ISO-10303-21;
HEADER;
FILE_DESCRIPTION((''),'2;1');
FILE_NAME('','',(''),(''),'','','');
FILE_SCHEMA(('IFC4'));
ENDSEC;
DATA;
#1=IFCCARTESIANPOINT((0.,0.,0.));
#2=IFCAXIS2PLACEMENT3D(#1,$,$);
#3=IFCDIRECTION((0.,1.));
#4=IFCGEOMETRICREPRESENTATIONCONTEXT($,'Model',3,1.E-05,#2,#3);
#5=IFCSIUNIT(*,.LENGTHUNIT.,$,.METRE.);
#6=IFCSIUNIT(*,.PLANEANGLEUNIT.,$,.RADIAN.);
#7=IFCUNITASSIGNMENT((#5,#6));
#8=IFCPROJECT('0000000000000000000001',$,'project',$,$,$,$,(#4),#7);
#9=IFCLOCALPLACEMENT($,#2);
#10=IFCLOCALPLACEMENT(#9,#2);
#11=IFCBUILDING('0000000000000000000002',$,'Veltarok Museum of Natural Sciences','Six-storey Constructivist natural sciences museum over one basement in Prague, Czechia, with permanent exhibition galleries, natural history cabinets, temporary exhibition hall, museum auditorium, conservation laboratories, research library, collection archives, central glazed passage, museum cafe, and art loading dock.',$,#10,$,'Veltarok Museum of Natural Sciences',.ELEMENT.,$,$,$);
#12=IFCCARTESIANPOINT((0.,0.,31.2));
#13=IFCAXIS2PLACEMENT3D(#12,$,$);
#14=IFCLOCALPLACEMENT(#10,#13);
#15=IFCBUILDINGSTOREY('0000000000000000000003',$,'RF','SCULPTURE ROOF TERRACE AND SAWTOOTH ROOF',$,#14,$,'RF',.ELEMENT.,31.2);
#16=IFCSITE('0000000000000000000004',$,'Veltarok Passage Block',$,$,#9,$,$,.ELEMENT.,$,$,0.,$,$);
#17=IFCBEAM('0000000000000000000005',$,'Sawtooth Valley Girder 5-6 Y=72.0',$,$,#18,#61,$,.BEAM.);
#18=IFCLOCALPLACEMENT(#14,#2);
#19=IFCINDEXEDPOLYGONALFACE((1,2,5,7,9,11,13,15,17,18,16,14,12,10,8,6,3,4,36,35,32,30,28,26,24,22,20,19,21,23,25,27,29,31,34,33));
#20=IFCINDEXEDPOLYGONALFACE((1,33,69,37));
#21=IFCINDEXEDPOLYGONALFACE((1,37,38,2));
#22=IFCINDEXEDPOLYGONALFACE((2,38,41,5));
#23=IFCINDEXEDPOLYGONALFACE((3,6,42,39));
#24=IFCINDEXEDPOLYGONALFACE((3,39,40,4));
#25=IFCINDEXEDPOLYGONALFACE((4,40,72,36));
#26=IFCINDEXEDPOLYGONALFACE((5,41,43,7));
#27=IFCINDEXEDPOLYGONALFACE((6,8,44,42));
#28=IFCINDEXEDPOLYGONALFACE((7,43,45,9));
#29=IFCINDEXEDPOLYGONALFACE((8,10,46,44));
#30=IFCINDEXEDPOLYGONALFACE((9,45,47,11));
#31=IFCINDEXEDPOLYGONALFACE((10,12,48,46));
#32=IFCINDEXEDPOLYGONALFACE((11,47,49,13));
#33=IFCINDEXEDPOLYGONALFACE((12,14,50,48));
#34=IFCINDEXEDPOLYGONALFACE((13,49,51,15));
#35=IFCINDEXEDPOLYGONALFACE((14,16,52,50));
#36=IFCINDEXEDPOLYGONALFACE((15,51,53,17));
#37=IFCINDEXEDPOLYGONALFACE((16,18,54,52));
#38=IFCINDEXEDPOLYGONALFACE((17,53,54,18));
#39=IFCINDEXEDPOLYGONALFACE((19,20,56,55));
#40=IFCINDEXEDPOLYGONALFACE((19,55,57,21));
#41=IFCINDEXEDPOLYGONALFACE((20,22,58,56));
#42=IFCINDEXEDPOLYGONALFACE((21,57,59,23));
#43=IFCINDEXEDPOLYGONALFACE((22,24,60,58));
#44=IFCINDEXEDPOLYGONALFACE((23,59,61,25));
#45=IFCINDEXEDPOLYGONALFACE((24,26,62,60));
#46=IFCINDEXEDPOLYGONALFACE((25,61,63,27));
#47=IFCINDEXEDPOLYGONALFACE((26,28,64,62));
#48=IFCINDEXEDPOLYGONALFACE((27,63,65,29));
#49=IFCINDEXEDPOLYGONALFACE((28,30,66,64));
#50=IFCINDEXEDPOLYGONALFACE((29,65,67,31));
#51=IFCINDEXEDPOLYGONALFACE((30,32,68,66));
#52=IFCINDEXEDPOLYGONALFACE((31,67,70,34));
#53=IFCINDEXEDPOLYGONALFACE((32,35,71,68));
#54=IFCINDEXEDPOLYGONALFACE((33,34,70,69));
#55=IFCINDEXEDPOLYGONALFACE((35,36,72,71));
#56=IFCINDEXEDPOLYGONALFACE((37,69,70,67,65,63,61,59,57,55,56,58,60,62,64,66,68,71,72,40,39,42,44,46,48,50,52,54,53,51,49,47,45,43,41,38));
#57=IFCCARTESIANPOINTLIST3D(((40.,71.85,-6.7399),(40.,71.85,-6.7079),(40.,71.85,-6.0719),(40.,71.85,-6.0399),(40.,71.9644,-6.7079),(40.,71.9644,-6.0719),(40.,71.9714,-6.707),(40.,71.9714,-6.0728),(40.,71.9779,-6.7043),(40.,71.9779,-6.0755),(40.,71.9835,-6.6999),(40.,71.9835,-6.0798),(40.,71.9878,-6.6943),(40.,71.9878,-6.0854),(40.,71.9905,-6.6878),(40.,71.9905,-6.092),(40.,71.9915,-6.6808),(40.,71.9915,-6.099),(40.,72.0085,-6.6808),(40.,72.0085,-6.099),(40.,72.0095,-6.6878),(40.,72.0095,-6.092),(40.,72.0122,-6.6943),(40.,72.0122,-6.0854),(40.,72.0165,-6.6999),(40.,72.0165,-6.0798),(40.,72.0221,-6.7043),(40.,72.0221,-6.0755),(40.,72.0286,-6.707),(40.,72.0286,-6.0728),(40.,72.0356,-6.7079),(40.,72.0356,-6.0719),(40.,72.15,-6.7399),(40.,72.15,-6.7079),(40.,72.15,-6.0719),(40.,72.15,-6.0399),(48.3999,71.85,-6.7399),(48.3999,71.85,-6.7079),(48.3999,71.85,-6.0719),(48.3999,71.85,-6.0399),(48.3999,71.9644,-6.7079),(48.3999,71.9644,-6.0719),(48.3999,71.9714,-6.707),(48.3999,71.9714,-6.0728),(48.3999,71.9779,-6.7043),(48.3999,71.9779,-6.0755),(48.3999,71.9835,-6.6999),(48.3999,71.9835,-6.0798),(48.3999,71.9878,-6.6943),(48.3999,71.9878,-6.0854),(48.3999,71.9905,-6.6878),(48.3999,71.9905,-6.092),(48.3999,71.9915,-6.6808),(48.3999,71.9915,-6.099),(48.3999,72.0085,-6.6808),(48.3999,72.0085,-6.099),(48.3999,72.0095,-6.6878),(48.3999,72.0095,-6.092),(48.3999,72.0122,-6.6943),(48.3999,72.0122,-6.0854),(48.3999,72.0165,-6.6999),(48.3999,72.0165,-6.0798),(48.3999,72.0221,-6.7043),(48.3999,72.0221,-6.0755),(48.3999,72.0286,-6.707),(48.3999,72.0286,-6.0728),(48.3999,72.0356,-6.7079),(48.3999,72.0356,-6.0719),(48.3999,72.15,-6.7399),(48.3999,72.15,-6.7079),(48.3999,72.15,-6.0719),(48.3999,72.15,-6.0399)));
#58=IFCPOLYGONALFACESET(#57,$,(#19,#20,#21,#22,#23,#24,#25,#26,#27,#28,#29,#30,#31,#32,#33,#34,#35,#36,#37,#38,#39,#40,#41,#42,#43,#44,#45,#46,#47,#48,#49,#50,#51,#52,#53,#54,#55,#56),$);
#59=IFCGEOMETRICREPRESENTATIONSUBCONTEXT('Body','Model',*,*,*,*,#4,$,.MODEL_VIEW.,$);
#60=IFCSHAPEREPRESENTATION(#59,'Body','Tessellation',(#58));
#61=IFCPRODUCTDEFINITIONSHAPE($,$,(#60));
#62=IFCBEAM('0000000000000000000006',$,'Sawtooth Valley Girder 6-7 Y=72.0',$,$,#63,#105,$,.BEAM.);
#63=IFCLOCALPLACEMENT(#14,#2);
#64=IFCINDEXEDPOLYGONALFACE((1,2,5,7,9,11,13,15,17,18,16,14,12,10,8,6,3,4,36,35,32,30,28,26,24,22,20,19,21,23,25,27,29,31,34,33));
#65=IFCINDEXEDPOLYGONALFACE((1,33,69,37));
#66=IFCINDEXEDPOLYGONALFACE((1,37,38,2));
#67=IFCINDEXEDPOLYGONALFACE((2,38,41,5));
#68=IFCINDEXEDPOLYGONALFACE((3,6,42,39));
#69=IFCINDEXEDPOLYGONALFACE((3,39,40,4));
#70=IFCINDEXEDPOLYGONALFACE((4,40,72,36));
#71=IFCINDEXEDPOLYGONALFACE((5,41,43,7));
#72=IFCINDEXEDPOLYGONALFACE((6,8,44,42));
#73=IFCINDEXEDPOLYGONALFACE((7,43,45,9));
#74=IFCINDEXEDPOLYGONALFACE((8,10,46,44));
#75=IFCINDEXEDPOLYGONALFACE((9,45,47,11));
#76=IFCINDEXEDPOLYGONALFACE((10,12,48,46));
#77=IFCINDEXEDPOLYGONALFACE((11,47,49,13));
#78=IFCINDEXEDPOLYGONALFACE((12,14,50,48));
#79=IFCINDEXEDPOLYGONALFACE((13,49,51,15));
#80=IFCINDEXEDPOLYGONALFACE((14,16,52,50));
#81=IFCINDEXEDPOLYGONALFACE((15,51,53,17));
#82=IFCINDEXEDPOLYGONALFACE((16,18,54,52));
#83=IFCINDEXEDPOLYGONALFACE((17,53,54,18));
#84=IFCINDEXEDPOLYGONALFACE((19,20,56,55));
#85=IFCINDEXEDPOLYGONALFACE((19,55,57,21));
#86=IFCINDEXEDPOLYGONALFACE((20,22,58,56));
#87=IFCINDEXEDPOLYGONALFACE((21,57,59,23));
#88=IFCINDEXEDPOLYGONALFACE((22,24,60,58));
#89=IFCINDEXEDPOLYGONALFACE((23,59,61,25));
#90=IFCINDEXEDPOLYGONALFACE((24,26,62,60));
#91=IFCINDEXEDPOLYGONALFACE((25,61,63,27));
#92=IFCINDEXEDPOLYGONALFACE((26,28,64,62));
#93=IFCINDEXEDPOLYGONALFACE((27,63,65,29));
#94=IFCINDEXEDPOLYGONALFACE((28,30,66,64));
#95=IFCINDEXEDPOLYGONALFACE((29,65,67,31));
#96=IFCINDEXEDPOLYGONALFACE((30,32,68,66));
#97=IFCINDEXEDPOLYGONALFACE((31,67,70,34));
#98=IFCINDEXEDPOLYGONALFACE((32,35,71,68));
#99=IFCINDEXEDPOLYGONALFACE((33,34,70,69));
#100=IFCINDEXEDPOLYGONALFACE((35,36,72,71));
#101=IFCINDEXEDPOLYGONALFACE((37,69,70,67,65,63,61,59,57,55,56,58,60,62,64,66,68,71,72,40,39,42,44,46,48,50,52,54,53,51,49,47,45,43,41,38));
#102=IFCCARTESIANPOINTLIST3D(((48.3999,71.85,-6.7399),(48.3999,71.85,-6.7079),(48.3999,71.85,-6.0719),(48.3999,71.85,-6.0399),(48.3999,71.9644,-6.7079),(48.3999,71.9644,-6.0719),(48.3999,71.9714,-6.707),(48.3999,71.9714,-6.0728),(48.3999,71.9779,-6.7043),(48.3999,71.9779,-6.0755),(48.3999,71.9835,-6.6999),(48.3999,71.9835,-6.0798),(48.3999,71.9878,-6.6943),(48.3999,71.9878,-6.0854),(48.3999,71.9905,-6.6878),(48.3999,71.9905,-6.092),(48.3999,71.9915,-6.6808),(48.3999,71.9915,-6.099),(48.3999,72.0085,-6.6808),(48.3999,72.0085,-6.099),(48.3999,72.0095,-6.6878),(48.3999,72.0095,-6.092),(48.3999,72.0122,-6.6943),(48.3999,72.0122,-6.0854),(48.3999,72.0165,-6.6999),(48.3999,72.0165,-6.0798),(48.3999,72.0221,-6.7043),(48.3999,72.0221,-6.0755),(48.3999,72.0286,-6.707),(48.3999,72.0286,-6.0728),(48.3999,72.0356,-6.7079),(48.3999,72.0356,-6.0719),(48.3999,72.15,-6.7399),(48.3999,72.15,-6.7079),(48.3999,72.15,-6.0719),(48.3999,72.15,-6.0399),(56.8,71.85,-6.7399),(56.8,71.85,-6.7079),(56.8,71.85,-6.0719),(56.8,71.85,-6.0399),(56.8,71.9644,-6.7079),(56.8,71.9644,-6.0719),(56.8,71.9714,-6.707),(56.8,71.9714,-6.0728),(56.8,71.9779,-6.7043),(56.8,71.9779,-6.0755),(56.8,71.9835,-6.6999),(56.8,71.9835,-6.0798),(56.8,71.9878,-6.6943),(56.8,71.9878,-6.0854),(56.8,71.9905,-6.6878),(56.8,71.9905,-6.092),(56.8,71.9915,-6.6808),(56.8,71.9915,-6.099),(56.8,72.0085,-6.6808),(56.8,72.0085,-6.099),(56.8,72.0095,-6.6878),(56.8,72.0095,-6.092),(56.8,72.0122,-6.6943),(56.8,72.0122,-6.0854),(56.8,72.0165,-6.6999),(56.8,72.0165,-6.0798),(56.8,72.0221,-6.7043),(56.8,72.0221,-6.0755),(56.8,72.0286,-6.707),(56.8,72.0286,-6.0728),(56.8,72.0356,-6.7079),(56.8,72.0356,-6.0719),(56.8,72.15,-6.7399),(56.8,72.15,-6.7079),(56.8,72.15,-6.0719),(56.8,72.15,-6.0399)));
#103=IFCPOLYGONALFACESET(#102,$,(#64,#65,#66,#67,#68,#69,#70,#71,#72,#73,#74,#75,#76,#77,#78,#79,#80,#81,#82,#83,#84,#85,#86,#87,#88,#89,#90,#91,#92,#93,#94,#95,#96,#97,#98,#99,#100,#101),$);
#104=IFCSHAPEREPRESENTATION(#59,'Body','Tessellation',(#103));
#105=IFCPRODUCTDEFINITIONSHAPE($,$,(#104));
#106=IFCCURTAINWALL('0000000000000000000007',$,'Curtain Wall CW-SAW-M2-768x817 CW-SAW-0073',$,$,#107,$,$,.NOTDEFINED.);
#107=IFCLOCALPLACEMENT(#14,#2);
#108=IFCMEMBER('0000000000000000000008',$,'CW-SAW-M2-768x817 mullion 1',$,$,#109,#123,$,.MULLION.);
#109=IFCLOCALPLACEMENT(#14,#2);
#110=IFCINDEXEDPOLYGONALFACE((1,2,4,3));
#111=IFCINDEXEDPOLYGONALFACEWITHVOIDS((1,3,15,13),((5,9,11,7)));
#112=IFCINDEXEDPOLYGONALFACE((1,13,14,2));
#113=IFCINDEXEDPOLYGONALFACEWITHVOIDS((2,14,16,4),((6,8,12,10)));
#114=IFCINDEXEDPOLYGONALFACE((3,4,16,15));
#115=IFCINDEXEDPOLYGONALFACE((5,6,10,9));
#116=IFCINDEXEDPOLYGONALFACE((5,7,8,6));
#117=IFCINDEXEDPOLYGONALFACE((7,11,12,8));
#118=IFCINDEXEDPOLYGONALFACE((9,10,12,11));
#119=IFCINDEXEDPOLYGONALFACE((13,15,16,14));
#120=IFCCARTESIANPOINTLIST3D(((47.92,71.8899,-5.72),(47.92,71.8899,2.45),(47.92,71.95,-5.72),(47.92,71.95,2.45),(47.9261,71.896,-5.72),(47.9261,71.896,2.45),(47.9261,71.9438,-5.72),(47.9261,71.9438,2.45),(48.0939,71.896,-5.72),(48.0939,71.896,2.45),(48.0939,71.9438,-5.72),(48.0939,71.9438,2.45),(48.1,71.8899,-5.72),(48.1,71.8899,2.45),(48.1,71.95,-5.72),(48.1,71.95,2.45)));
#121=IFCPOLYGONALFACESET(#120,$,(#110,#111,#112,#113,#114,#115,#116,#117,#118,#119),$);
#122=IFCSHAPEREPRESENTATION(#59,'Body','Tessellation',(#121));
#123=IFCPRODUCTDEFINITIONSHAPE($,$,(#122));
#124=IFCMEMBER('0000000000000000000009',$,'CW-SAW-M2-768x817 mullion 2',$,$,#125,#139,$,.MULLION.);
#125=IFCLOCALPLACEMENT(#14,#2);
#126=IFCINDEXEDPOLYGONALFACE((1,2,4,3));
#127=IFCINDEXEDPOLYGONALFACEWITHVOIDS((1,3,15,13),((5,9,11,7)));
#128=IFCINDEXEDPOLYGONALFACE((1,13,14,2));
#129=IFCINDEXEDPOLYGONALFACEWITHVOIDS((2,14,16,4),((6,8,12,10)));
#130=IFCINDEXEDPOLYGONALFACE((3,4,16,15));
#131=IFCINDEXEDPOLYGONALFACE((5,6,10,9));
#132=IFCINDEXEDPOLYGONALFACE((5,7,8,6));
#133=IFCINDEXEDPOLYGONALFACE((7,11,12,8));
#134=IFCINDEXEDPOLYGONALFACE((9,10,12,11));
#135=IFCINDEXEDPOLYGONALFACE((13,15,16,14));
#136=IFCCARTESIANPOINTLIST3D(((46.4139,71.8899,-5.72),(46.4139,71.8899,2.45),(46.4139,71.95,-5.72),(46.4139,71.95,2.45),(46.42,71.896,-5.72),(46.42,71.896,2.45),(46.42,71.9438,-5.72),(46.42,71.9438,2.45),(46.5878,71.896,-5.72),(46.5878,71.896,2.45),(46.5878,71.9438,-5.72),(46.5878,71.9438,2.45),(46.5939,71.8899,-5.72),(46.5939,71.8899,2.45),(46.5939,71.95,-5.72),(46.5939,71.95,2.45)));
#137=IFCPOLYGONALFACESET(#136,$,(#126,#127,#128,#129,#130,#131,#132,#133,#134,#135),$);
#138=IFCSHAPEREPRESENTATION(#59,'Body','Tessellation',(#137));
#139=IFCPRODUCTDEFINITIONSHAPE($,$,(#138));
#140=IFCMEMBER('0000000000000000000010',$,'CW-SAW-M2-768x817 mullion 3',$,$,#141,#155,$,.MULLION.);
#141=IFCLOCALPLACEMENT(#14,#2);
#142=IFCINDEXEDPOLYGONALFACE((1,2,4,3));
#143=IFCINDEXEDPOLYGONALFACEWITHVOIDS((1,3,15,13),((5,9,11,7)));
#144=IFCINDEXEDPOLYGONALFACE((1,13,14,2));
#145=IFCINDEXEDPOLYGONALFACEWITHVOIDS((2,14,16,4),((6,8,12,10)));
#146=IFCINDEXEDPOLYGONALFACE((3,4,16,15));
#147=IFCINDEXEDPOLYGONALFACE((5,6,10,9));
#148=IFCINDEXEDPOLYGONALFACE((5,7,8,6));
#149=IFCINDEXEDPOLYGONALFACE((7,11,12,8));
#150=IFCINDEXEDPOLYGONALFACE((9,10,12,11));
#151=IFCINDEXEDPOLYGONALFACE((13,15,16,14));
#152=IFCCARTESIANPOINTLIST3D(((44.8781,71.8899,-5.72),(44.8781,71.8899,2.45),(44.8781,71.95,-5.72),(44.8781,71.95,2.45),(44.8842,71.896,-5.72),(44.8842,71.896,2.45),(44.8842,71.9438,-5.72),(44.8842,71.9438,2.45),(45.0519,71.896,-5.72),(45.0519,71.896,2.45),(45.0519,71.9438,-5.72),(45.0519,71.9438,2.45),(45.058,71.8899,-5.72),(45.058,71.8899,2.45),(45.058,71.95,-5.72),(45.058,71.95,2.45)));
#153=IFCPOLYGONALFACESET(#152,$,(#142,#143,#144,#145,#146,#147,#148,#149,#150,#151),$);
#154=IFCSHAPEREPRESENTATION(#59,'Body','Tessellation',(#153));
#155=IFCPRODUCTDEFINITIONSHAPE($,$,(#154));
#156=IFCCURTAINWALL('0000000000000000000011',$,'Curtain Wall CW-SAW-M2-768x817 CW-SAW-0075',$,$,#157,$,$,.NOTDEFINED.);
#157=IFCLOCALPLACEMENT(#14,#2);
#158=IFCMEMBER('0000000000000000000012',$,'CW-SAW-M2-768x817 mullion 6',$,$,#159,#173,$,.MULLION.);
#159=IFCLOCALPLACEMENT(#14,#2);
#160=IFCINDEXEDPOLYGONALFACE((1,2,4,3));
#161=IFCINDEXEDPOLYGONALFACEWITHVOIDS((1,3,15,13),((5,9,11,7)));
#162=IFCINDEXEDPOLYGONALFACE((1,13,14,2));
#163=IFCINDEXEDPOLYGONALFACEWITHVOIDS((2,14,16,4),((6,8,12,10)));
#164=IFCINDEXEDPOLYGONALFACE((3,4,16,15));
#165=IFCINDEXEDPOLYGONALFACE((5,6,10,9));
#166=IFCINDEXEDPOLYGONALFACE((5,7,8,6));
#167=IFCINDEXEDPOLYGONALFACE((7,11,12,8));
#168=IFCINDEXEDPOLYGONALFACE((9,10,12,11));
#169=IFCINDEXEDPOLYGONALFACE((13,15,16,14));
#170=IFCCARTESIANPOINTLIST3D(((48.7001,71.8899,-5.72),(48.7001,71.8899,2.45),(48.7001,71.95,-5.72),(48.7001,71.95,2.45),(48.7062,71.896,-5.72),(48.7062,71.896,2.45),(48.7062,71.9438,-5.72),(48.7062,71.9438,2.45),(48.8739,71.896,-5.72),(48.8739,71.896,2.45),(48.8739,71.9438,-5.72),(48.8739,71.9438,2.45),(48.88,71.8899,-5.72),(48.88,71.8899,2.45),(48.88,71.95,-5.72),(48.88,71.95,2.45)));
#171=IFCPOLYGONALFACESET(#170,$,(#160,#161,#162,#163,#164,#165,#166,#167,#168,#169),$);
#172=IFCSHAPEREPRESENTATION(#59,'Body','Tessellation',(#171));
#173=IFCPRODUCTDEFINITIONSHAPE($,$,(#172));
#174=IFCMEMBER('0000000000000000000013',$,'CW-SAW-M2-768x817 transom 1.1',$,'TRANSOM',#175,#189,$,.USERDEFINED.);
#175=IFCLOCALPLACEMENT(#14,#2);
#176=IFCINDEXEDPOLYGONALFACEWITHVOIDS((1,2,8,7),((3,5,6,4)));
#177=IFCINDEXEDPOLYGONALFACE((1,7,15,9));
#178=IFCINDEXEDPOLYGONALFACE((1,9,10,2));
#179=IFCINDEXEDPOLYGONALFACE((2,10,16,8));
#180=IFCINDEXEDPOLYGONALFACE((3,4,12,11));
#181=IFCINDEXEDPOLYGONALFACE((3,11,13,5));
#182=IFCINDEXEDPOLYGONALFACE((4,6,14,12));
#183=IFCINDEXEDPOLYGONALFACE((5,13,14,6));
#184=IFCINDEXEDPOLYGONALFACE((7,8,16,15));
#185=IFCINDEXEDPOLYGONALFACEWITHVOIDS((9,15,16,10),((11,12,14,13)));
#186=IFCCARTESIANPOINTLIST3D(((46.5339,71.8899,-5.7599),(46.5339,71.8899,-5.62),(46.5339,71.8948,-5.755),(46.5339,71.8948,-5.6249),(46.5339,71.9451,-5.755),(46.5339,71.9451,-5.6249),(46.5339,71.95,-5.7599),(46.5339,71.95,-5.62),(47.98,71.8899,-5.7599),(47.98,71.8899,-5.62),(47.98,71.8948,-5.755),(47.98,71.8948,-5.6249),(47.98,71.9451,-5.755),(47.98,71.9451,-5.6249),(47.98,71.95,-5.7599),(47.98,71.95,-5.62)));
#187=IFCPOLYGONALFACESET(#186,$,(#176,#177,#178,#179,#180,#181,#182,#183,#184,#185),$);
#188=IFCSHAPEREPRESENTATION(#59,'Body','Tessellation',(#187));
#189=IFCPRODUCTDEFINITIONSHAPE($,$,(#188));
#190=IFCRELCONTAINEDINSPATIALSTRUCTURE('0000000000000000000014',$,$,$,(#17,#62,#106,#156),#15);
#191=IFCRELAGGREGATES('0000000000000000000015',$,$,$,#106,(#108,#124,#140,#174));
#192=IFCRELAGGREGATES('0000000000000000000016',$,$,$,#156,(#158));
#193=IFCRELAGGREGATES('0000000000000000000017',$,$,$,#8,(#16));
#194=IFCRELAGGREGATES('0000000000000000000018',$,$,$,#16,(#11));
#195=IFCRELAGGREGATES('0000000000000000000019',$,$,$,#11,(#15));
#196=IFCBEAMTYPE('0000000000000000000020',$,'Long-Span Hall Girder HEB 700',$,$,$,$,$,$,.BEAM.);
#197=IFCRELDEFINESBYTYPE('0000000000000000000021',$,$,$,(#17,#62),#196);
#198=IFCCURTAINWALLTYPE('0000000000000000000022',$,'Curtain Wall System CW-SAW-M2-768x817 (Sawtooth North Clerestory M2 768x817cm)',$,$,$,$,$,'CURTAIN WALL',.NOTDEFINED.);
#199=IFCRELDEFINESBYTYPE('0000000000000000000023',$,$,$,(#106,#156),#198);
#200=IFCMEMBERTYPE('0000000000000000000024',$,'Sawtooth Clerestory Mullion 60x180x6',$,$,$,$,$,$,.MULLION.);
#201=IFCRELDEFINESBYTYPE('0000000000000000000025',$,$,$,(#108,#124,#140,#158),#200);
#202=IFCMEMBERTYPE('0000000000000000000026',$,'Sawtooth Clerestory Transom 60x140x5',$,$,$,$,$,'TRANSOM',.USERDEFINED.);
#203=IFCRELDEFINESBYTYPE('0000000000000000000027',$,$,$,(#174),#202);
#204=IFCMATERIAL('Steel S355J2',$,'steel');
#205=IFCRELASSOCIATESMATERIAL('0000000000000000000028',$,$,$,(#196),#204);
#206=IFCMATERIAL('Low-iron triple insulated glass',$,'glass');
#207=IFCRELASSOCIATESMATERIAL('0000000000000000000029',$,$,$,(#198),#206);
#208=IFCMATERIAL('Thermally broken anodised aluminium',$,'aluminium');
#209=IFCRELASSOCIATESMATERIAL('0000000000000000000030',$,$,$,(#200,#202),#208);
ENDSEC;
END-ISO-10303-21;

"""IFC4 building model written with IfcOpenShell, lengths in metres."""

from ifc_helpers import new_model, si_unit, direction, frame, origin, origin_2d, place, context, subcontext, project, spatial, hollow_rectangle, i_section, extrude, material, material_profile, profile_set, type_object, element, aggregate, save


model = new_model("IFC4")

# Units and contexts
model_context = context("Model", 3, precision=1e-05, world=origin(), true_north=direction((0.0, 1.0)))
body_context = subcontext(model_context, "Body", "Model", "MODEL_VIEW")
ifc_project = project(units=[si_unit("LENGTHUNIT", "METRE"), si_unit("PLANEANGLEUNIT", "RADIAN")], contexts=[model_context])

# Site, building, storey
site_placement = place(None, origin())
site = spatial("IfcSite", under=ifc_project, at=site_placement, Name="Veltarok Passage Block", CompositionType="ELEMENT", RefElevation=0.0)
building_placement = place(site_placement, origin())
building = spatial("IfcBuilding", under=site, at=building_placement, Name="Veltarok Museum of Natural Sciences", Description="Six-storey Constructivist natural sciences museum over one basement in Prague, Czechia, with permanent exhibition galleries, natural history cabinets, temporary exhibition hall, museum auditorium, conservation laboratories, research library, collection archives, central glazed passage, museum cafe, and art loading dock.", LongName="Veltarok Museum of Natural Sciences", CompositionType="ELEMENT")
storey_placement = place(building_placement, frame((0.0, 0.0, 31.2)))
storey = spatial("IfcBuildingStorey", under=building, at=storey_placement, Name="RF", Description="SCULPTURE ROOF TERRACE AND SAWTOOTH ROOF", LongName="RF", CompositionType="ELEMENT", Elevation=31.2)

# Beams
ifc_material_1 = material(Name="Steel S355J2", Category="steel")
ifc_material_profile_1 = material_profile(ifc_material_1, i_section(OverallWidth=0.3, OverallDepth=0.7, WebThickness=0.0171, FlangeThickness=0.032, FilletRadius=0.0271, at=origin_2d()), Name="HEB 700")
ifc_profile_set_1 = profile_set([ifc_material_profile_1], Name="Steel S355J2")
beam_type = type_object("IfcBeamType", Name="Long-Span Hall Girder HEB 700", PredefinedType="BEAM", material=ifc_profile_set_1)
beam_1_placement = place(storey_placement, frame((40.0, 72.0, -6.3899), z_axis=(1.0, 0.0, 0.0), x_axis=(0.0, 1.0, 0.0)))
element("IfcBeam", 1, at=beam_1_placement, inside=storey, type_object=beam_type, Name="Sawtooth Valley Girder 5-6 Y=72.0", PredefinedType="BEAM", context=body_context, shape_type="SweptSolid", body=[
    extrude(i_section(OverallWidth=0.3, OverallDepth=0.7, WebThickness=0.0171, FlangeThickness=0.032, FilletRadius=0.0271, at=origin_2d()), origin(), (0.0, 0.0, 1.0), 8.3999),
])
beam_2_placement = place(storey_placement, frame((48.3999, 72.0, -6.3899), z_axis=(1.0, 0.0, 0.0), x_axis=(0.0, 1.0, 0.0)))
element("IfcBeam", 2, at=beam_2_placement, inside=storey, type_object=beam_type, Name="Sawtooth Valley Girder 6-7 Y=72.0", PredefinedType="BEAM", context=body_context, shape_type="SweptSolid", body=[
    extrude(i_section(OverallWidth=0.3, OverallDepth=0.7, WebThickness=0.0171, FlangeThickness=0.032, FilletRadius=0.0271, at=origin_2d()), origin(), (0.0, 0.0, 1.0), 8.4001),
])

# Curtain wall, members
ifc_material_2 = material(Name="Low-iron triple insulated glass", Category="glass")
curtain_wall_type = type_object("IfcCurtainWallType", Name="Curtain Wall System CW-SAW-M2-768x817 (Sawtooth North Clerestory M2 768x817cm)", ElementType="CURTAIN WALL", PredefinedType="NOTDEFINED", material=ifc_material_2)
curtain_wall_1_placement = place(storey_placement, origin())
curtain_wall_1 = element("IfcCurtainWall", 3, at=curtain_wall_1_placement, inside=storey, type_object=curtain_wall_type, Name="Curtain Wall CW-SAW-M2-768x817 CW-SAW-0073", PredefinedType="NOTDEFINED")
ifc_material_3 = material(Name="Thermally broken anodised aluminium", Category="aluminium")
ifc_material_profile_2 = material_profile(ifc_material_3, hollow_rectangle(XDim=0.0601, YDim=0.1799, WallThickness=0.0061, at=origin_2d()), Name="CW MULLION 60x180x6")
ifc_profile_set_2 = profile_set([ifc_material_profile_2], Name="Thermally broken anodised aluminium")
member_type_1 = type_object("IfcMemberType", Name="Sawtooth Clerestory Mullion 60x180x6", PredefinedType="MULLION", material=ifc_profile_set_2)
member_1_placement = place(storey_placement, frame((48.01, 71.9199, -5.72), z_axis=(0.0, 0.0, 1.0), x_axis=(0.0, -1.0, 0.0)))
member_1 = element("IfcMember", 4, at=member_1_placement, type_object=member_type_1, Name="CW-SAW-M2-768x817 mullion 1", PredefinedType="MULLION", context=body_context, shape_type="SweptSolid", body=[
    extrude(hollow_rectangle(XDim=0.0601, YDim=0.1799, WallThickness=0.0061, at=origin_2d()), origin(), (0.0, 0.0, 1.0), 8.1699),
])
member_2_placement = place(storey_placement, frame((46.5039, 71.9199, -5.72), z_axis=(0.0, 0.0, 1.0), x_axis=(0.0, -1.0, 0.0)))
member_2 = element("IfcMember", 5, at=member_2_placement, type_object=member_type_1, Name="CW-SAW-M2-768x817 mullion 2", PredefinedType="MULLION", context=body_context, shape_type="SweptSolid", body=[
    extrude(hollow_rectangle(XDim=0.0601, YDim=0.1799, WallThickness=0.0061, at=origin_2d()), origin(), (0.0, 0.0, 1.0), 8.1699),
])
member_3_placement = place(storey_placement, frame((44.968, 71.9199, -5.72), z_axis=(0.0, 0.0, 1.0), x_axis=(0.0, -1.0, 0.0)))
member_3 = element("IfcMember", 6, at=member_3_placement, type_object=member_type_1, Name="CW-SAW-M2-768x817 mullion 3", PredefinedType="MULLION", context=body_context, shape_type="SweptSolid", body=[
    extrude(hollow_rectangle(XDim=0.0601, YDim=0.1799, WallThickness=0.0061, at=origin_2d()), origin(), (0.0, 0.0, 1.0), 8.1699),
])

# Curtain wall, member
curtain_wall_2_placement = place(storey_placement, origin())
curtain_wall_2 = element("IfcCurtainWall", 7, at=curtain_wall_2_placement, inside=storey, type_object=curtain_wall_type, Name="Curtain Wall CW-SAW-M2-768x817 CW-SAW-0075", PredefinedType="NOTDEFINED")
member_4_placement = place(storey_placement, frame((48.79, 71.9199, -5.72), z_axis=(0.0, 0.0, 1.0), x_axis=(0.0, -1.0, 0.0)))
member_4 = element("IfcMember", 8, at=member_4_placement, type_object=member_type_1, Name="CW-SAW-M2-768x817 mullion 6", PredefinedType="MULLION", context=body_context, shape_type="SweptSolid", body=[
    extrude(hollow_rectangle(XDim=0.0601, YDim=0.1799, WallThickness=0.0061, at=origin_2d()), origin(), (0.0, 0.0, 1.0), 8.1699),
])

# Member
ifc_material_profile_3 = material_profile(ifc_material_3, hollow_rectangle(XDim=0.0601, YDim=0.1399, WallThickness=0.0049, at=origin_2d()), Name="CW TRANSOM 60x140x5")
ifc_profile_set_3 = profile_set([ifc_material_profile_3], Name="Thermally broken anodised aluminium")
member_type_2 = type_object("IfcMemberType", Name="Sawtooth Clerestory Transom 60x140x5", ElementType="TRANSOM", PredefinedType="USERDEFINED", material=ifc_profile_set_3)
member_5_placement = place(storey_placement, frame((47.98, 71.9199, -5.6899), z_axis=(-1.0, 0.0, 0.0), x_axis=(0.0, -1.0, 0.0)))
member_5 = element("IfcMember", 9, at=member_5_placement, type_object=member_type_2, Name="CW-SAW-M2-768x817 transom 1.1", ObjectType="TRANSOM", PredefinedType="USERDEFINED", context=body_context, shape_type="SweptSolid", body=[
    extrude(hollow_rectangle(XDim=0.0601, YDim=0.1399, WallThickness=0.0049, at=origin_2d()), origin(), (0.0, 0.0, 1.0), 1.446),
])

aggregate(curtain_wall_1, [member_1, member_2, member_3, member_5])
aggregate(curtain_wall_2, [member_4])

save(model, "model.ifc")
